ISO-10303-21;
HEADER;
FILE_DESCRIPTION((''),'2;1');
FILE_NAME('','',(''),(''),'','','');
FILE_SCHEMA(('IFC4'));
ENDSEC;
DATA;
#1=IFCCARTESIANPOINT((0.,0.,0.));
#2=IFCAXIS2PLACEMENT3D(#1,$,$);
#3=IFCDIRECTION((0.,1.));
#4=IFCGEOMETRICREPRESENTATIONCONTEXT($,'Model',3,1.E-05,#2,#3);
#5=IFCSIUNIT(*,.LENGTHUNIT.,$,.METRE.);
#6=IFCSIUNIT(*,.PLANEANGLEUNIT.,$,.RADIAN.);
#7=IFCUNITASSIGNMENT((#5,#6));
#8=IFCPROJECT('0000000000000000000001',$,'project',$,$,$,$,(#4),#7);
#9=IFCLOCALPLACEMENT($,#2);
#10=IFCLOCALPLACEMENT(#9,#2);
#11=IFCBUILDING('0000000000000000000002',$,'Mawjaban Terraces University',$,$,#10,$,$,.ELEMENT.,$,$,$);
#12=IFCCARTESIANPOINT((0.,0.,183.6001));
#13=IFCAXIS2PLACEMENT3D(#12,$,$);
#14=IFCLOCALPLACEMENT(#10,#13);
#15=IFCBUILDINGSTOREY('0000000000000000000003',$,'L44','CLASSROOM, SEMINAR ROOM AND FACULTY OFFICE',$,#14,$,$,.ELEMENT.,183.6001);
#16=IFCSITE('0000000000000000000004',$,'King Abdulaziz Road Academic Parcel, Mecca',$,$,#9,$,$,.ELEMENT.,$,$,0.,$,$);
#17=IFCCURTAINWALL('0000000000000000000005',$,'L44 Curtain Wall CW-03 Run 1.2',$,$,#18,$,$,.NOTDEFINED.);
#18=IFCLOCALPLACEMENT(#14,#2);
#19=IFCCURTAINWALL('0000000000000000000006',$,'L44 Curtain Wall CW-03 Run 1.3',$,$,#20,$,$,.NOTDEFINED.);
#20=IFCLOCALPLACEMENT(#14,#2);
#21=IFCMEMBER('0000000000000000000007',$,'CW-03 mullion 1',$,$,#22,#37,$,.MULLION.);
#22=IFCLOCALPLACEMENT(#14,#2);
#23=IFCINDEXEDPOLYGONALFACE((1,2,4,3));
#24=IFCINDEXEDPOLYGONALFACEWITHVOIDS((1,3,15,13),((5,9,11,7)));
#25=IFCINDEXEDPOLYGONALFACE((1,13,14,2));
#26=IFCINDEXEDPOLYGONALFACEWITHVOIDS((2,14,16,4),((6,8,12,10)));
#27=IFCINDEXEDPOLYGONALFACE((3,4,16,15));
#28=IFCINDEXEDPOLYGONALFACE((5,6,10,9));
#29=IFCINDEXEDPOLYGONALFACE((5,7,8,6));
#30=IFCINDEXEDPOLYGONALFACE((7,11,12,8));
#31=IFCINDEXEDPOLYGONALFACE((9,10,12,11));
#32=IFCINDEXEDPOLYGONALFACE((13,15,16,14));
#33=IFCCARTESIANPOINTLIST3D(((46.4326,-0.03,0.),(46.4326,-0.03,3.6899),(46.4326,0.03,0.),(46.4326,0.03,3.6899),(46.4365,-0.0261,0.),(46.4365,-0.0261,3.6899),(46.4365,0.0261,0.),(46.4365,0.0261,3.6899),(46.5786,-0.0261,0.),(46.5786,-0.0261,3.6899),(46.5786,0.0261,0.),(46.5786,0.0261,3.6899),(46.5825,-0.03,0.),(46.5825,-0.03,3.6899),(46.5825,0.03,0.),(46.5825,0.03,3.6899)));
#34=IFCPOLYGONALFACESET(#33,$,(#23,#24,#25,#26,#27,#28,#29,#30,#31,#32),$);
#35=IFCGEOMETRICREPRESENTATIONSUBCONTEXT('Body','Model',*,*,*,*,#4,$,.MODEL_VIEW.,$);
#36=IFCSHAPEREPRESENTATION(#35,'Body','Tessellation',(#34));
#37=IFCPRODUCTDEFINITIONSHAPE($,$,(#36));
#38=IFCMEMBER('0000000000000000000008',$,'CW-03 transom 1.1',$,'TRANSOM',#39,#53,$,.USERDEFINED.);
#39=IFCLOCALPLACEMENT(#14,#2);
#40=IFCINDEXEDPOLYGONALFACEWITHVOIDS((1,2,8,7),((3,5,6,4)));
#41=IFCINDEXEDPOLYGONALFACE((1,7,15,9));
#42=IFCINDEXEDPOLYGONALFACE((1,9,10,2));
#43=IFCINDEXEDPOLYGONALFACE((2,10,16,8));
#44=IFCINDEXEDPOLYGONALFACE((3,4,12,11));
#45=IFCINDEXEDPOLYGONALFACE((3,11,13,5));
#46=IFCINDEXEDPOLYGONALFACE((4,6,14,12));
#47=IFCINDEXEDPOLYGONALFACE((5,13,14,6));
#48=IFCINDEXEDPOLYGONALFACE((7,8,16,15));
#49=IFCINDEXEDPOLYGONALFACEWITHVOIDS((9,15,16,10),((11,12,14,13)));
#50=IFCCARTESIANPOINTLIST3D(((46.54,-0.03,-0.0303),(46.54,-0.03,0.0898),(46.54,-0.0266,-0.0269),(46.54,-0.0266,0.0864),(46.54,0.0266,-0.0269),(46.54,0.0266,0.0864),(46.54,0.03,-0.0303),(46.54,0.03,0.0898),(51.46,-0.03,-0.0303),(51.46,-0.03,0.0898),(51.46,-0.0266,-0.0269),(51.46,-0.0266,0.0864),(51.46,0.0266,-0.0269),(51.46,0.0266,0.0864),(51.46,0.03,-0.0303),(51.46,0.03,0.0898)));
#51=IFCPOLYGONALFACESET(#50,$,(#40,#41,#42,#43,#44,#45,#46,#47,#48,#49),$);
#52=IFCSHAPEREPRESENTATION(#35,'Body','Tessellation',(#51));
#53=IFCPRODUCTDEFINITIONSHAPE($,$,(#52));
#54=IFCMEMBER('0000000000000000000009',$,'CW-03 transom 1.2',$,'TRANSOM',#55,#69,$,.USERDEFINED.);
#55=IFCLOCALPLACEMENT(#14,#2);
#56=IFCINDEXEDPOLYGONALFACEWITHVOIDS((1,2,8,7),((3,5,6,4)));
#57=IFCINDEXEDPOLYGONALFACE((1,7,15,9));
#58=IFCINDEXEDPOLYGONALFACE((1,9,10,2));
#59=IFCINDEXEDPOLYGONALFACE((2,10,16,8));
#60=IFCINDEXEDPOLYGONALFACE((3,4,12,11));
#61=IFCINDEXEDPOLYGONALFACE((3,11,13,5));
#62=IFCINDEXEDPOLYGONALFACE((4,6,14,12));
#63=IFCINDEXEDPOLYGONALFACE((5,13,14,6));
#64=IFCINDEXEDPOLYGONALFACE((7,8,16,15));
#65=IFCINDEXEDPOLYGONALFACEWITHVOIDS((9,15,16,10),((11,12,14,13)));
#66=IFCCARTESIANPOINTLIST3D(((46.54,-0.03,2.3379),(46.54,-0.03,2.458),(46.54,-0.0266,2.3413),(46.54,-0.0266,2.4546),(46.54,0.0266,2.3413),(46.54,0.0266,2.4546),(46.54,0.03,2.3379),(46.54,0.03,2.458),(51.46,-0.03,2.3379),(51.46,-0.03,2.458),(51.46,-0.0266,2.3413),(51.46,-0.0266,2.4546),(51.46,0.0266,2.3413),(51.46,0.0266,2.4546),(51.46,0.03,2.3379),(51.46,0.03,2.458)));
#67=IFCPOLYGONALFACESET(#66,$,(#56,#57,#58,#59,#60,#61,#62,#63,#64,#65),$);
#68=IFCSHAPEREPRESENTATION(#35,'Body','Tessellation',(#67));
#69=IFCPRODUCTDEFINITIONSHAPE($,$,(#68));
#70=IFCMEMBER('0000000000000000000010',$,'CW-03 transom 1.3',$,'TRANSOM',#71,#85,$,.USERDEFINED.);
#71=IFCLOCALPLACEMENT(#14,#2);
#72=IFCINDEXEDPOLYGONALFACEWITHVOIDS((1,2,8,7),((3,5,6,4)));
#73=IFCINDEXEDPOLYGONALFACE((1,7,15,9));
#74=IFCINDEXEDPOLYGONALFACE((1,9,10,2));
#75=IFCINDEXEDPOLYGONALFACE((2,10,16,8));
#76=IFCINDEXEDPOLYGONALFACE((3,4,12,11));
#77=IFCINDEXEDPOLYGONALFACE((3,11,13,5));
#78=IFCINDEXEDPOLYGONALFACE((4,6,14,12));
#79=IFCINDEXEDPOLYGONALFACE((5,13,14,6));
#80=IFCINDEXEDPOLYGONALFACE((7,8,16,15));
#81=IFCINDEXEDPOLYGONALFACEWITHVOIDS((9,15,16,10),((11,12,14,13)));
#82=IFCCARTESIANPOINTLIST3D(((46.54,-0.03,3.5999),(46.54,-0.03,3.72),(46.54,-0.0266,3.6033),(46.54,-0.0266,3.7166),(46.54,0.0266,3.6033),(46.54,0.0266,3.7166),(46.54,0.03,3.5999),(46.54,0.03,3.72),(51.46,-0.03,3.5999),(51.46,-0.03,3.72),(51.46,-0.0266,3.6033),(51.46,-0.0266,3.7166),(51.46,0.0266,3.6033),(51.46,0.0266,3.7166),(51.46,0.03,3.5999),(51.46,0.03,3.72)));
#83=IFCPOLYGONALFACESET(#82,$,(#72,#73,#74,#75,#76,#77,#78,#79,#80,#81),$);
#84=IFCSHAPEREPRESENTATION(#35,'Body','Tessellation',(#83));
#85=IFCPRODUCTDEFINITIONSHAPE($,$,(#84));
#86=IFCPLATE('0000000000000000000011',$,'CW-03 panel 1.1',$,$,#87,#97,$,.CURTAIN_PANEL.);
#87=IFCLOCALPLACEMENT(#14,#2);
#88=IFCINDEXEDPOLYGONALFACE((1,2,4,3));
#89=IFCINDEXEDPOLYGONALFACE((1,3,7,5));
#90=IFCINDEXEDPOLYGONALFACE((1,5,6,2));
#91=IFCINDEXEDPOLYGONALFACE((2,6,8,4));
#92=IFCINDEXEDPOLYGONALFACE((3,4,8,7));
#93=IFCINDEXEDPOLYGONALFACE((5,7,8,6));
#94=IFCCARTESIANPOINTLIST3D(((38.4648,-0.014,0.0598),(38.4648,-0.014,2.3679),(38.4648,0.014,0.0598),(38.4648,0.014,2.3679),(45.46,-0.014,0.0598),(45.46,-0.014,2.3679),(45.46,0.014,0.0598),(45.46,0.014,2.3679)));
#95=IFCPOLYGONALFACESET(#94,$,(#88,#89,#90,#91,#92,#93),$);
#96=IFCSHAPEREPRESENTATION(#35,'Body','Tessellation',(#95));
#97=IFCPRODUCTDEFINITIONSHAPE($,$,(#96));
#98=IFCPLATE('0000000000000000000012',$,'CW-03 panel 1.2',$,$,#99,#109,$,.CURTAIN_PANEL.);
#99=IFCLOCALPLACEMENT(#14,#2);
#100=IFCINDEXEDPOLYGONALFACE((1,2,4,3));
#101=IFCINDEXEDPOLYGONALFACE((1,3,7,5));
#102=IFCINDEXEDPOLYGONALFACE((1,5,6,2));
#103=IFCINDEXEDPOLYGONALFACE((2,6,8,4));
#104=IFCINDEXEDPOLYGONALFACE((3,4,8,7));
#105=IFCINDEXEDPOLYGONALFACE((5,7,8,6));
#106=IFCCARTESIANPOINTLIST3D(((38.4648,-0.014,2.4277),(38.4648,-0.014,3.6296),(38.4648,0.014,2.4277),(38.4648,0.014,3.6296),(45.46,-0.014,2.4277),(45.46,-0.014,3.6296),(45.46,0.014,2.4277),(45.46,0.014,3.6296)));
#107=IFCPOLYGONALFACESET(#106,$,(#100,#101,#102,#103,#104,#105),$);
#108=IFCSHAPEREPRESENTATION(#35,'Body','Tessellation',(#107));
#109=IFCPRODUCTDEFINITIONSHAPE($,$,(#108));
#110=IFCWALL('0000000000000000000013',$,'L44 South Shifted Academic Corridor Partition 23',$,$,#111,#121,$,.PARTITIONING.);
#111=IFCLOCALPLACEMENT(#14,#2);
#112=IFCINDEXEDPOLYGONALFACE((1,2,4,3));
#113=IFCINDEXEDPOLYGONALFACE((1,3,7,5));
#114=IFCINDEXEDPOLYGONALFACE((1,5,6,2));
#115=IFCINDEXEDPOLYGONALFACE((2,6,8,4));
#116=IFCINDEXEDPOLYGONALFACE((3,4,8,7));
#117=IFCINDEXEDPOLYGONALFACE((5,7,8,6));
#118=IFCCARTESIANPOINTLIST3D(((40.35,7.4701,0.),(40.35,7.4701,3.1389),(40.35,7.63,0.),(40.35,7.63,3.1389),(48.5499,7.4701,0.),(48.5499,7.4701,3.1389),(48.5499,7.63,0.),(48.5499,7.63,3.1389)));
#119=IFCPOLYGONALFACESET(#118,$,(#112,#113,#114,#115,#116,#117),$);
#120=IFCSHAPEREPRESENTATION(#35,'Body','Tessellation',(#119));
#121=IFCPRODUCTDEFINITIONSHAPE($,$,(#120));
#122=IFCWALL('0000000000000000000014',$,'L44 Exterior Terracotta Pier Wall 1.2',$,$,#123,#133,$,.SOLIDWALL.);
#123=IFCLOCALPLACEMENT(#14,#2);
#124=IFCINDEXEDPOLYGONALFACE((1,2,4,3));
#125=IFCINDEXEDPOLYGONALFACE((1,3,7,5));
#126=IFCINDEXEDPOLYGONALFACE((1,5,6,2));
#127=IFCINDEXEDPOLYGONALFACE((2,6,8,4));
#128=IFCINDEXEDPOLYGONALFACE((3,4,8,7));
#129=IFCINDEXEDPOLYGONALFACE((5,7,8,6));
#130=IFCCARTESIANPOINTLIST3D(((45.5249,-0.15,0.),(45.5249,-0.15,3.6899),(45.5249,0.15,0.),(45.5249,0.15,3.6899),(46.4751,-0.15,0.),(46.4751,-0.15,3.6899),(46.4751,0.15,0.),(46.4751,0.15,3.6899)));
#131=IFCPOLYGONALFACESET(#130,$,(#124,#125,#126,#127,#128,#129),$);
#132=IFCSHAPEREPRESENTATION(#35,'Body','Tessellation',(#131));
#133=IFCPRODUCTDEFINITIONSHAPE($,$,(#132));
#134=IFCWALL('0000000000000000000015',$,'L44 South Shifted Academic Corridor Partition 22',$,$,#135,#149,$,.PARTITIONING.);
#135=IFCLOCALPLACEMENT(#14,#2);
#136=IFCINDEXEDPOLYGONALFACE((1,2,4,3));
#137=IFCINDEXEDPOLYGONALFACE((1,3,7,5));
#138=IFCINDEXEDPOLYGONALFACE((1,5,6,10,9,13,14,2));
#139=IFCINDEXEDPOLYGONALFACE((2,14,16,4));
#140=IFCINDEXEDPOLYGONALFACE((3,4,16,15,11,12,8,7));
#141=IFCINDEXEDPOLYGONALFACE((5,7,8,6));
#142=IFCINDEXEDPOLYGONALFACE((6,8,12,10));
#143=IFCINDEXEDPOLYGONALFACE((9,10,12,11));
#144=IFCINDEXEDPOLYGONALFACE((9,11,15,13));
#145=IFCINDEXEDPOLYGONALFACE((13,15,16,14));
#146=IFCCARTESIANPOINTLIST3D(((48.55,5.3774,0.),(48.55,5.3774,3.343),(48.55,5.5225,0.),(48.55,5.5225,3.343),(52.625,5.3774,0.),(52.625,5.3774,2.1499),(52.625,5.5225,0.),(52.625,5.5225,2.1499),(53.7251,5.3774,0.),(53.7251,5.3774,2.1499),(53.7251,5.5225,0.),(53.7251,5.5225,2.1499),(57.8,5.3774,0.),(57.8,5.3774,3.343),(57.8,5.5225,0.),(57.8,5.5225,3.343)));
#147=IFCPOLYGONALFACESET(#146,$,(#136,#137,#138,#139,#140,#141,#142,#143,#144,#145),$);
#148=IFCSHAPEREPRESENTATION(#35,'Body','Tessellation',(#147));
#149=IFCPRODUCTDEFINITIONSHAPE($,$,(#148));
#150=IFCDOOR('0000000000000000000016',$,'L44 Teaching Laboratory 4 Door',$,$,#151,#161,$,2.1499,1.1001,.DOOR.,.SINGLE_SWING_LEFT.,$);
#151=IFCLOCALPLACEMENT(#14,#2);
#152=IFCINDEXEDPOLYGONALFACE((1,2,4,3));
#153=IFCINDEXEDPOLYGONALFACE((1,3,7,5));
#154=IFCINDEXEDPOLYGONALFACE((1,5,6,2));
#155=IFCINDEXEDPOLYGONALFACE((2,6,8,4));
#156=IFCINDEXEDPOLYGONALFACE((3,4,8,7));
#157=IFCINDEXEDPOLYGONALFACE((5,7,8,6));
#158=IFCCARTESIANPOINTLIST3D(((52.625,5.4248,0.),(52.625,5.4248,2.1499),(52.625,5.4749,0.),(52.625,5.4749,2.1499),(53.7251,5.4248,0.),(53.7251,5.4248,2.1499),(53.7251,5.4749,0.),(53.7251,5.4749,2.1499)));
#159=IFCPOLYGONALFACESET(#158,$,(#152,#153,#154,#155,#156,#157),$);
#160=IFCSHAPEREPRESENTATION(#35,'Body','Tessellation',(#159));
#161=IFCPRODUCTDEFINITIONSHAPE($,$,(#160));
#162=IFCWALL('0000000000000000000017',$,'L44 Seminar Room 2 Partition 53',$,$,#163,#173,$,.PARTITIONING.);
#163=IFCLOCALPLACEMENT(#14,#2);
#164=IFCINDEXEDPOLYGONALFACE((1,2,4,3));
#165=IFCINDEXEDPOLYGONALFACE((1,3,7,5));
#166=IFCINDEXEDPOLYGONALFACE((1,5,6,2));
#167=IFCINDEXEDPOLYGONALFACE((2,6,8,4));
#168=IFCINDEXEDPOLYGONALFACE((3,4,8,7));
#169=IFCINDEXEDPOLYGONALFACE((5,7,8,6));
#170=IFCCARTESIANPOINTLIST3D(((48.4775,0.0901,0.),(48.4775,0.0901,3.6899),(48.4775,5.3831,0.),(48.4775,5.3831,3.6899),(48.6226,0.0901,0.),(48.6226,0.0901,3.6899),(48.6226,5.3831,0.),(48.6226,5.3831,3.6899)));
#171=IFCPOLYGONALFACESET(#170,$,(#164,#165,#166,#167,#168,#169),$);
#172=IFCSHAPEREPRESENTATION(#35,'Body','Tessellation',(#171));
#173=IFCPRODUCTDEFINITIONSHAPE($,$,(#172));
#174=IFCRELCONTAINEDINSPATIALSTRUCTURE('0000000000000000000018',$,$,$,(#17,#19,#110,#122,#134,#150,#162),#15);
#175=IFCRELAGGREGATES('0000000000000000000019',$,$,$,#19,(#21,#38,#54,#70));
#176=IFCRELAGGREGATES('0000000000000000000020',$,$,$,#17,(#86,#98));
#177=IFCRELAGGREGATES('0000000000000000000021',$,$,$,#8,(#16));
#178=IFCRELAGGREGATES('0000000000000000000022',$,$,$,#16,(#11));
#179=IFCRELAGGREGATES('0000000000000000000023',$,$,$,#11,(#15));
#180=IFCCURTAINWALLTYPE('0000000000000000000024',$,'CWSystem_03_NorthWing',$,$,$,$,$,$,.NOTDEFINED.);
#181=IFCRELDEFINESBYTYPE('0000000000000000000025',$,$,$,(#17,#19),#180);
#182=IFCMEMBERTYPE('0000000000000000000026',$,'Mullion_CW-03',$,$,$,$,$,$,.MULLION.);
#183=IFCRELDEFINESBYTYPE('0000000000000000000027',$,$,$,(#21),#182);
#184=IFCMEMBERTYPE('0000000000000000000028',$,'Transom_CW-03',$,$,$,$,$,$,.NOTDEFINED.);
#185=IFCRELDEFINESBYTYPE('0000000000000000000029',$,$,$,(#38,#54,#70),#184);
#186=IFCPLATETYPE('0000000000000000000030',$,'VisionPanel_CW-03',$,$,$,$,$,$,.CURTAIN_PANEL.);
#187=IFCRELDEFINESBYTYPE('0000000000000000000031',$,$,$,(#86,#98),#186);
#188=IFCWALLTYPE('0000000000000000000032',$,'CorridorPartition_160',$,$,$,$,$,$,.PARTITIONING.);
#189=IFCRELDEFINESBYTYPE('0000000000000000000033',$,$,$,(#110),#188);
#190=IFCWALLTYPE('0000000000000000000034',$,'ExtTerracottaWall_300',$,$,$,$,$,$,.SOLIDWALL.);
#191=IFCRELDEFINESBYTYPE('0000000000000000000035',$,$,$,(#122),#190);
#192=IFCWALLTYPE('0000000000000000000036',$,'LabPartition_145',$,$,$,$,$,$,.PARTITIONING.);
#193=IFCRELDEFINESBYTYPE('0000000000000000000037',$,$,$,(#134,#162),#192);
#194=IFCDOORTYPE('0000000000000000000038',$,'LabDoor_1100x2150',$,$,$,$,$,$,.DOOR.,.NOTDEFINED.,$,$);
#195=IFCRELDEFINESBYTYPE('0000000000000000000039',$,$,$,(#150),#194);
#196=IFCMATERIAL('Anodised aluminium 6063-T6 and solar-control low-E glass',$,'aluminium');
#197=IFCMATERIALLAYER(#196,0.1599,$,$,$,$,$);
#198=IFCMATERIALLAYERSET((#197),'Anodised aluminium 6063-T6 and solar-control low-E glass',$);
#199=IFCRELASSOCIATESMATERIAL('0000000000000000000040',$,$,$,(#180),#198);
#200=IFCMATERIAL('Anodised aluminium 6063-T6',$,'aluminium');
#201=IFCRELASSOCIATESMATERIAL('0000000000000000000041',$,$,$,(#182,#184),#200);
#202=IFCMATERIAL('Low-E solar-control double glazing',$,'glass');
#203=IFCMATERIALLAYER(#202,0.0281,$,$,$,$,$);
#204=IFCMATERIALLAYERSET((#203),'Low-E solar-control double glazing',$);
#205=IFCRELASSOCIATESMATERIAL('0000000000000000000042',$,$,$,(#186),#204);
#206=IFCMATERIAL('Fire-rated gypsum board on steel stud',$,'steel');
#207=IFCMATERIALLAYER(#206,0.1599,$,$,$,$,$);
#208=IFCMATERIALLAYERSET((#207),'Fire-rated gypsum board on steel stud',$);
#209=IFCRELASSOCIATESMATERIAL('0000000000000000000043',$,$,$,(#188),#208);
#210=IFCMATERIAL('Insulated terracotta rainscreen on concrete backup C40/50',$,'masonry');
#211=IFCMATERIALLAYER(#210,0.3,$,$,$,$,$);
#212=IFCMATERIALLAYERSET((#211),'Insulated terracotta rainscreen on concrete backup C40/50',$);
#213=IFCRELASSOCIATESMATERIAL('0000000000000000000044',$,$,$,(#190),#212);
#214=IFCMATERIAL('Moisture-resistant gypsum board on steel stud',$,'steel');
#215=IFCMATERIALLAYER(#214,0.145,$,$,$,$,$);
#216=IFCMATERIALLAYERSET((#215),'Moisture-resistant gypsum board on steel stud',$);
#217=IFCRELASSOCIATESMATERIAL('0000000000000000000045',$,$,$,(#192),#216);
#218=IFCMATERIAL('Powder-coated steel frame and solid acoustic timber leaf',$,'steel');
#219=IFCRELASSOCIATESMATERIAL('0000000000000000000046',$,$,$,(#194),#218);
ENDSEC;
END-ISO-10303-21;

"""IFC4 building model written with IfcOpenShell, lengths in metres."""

from ifc_helpers import new_model, si_unit, direction, frame, frame_2d, origin, origin_2d, place, context, subcontext, project, spatial, rectangle, hollow_rectangle, extrude, material, layer, layer_set, material_profile, profile_set, type_object, element, fill, aggregate, save


model = new_model("IFC4")

# Units and contexts
model_context = context("Model", 3, precision=1e-05, world=origin(), true_north=direction((0.0, 1.0)))
body_context = subcontext(model_context, "Body", "Model", "MODEL_VIEW")
ifc_project = project(units=[si_unit("LENGTHUNIT", "METRE"), si_unit("PLANEANGLEUNIT", "RADIAN")], contexts=[model_context])

# Site, building, storey
site_placement = place(None, origin())
site = spatial("IfcSite", under=ifc_project, at=site_placement, Name="King Abdulaziz Road Academic Parcel, Mecca", CompositionType="ELEMENT", RefElevation=0.0)
building_placement = place(site_placement, origin())
building = spatial("IfcBuilding", under=site, at=building_placement, Name="Mawjaban Terraces University", CompositionType="ELEMENT")
storey_placement = place(building_placement, frame((0.0, 0.0, 183.6001)))
storey = spatial("IfcBuildingStorey", under=building, at=storey_placement, Name="L44", Description="CLASSROOM, SEMINAR ROOM AND FACULTY OFFICE", CompositionType="ELEMENT", Elevation=183.6001)

# Curtain wall
ifc_material_1 = material(Name="Anodised aluminium 6063-T6 and solar-control low-E glass", Category="aluminium")
ifc_layer_1 = layer(ifc_material_1, 0.1599)
ifc_layer_set_1 = layer_set([ifc_layer_1], Name="Anodised aluminium 6063-T6 and solar-control low-E glass")
curtain_wall_type = type_object("IfcCurtainWallType", Name="CWSystem_03_NorthWing", PredefinedType="NOTDEFINED", material=ifc_layer_set_1)
curtain_wall_1_placement = place(storey_placement, origin())
curtain_wall_1 = element("IfcCurtainWall", 1, at=curtain_wall_1_placement, inside=storey, type_object=curtain_wall_type, Name="L44 Curtain Wall CW-03 Run 1.2", PredefinedType="NOTDEFINED")
ifc_material_2 = material(Name="Anodised aluminium 6063-T6", Category="aluminium")
ifc_material_profile_1 = material_profile(ifc_material_2, hollow_rectangle(XDim=0.0601, YDim=0.1499, WallThickness=0.0039, at=origin_2d()), Name="ALU150X60X4")
ifc_profile_set_1 = profile_set([ifc_material_profile_1], Name="Anodised aluminium 6063-T6")
member_type_1 = type_object("IfcMemberType", Name="Mullion_CW-03", PredefinedType="MULLION", material=ifc_profile_set_1)

# Curtain wall, members
curtain_wall_2_placement = place(storey_placement, origin())
curtain_wall_2 = element("IfcCurtainWall", 2, at=curtain_wall_2_placement, inside=storey, type_object=curtain_wall_type, Name="L44 Curtain Wall CW-03 Run 1.3", PredefinedType="NOTDEFINED")
member_1_placement = place(storey_placement, frame((46.5076, 0.0, 0.0), z_axis=(0.0, 0.0, 1.0), x_axis=(0.0, 1.0, 0.0)))
member_1 = element("IfcMember", 3, at=member_1_placement, type_object=member_type_1, Name="CW-03 mullion 1", PredefinedType="MULLION", context=body_context, shape_type="SweptSolid", body=[
    extrude(hollow_rectangle(XDim=0.0601, YDim=0.1499, WallThickness=0.0039, at=origin_2d()), origin(), (0.0, 0.0, 1.0), 3.6899),
])
ifc_material_profile_2 = material_profile(ifc_material_2, hollow_rectangle(XDim=0.0601, YDim=0.1201, WallThickness=0.0034, at=origin_2d()), Name="ALU120X60X3.5")
ifc_profile_set_2 = profile_set([ifc_material_profile_2], Name="Anodised aluminium 6063-T6")
member_type_2 = type_object("IfcMemberType", Name="Transom_CW-03", PredefinedType="NOTDEFINED", material=ifc_profile_set_2)
member_2_placement = place(storey_placement, frame((46.54, 0.0, 0.0298), z_axis=(1.0, 0.0, 0.0), x_axis=(0.0, 1.0, 0.0)))
member_2 = element("IfcMember", 4, at=member_2_placement, type_object=member_type_2, Name="CW-03 transom 1.1", ObjectType="TRANSOM", PredefinedType="USERDEFINED", context=body_context, shape_type="SweptSolid", body=[
    extrude(hollow_rectangle(XDim=0.0601, YDim=0.1201, WallThickness=0.0034, at=origin_2d()), origin(), (0.0, 0.0, 1.0), 4.9199),
])
member_3_placement = place(storey_placement, frame((46.54, 0.0, 2.3979), z_axis=(1.0, 0.0, 0.0), x_axis=(0.0, 1.0, 0.0)))
member_3 = element("IfcMember", 5, at=member_3_placement, type_object=member_type_2, Name="CW-03 transom 1.2", ObjectType="TRANSOM", PredefinedType="USERDEFINED", context=body_context, shape_type="SweptSolid", body=[
    extrude(hollow_rectangle(XDim=0.0601, YDim=0.1201, WallThickness=0.0034, at=origin_2d()), origin(), (0.0, 0.0, 1.0), 4.9199),
])
member_4_placement = place(storey_placement, frame((46.54, 0.0, 3.6599), z_axis=(1.0, 0.0, 0.0), x_axis=(0.0, 1.0, 0.0)))
member_4 = element("IfcMember", 6, at=member_4_placement, type_object=member_type_2, Name="CW-03 transom 1.3", ObjectType="TRANSOM", PredefinedType="USERDEFINED", context=body_context, shape_type="SweptSolid", body=[
    extrude(hollow_rectangle(XDim=0.0601, YDim=0.1201, WallThickness=0.0034, at=origin_2d()), origin(), (0.0, 0.0, 1.0), 4.9199),
])
aggregate(curtain_wall_2, [member_1, member_2, member_3, member_4])

# Plates
ifc_material_3 = material(Name="Low-E solar-control double glazing", Category="glass")
ifc_layer_2 = layer(ifc_material_3, 0.0281)
ifc_layer_set_2 = layer_set([ifc_layer_2], Name="Low-E solar-control double glazing")
plate_type = type_object("IfcPlateType", Name="VisionPanel_CW-03", PredefinedType="CURTAIN_PANEL", material=ifc_layer_set_2)
plate_1_placement = place(storey_placement, frame((41.9624, 0.0, 0.0598), z_axis=(0.0, 0.0, 1.0), x_axis=(1.0, 0.0, 0.0)))
plate_1 = element("IfcPlate", 7, at=plate_1_placement, type_object=plate_type, Name="CW-03 panel 1.1", PredefinedType="CURTAIN_PANEL", context=body_context, shape_type="SweptSolid", body=[
    extrude(rectangle(XDim=6.9951, YDim=0.0281, at=origin_2d()), origin(), (0.0, 0.0, 1.0), 2.3081),
])
plate_2_placement = place(storey_placement, frame((41.9624, 0.0, 2.4277), z_axis=(0.0, 0.0, 1.0), x_axis=(1.0, 0.0, 0.0)))
plate_2 = element("IfcPlate", 8, at=plate_2_placement, type_object=plate_type, Name="CW-03 panel 1.2", PredefinedType="CURTAIN_PANEL", context=body_context, shape_type="SweptSolid", body=[
    extrude(rectangle(XDim=6.9951, YDim=0.0281, at=origin_2d()), origin(), (0.0, 0.0, 1.0), 1.2019),
])
aggregate(curtain_wall_1, [plate_1, plate_2])

# Walls
ifc_material_4 = material(Name="Fire-rated gypsum board on steel stud", Category="steel")
ifc_layer_3 = layer(ifc_material_4, 0.1599)
ifc_layer_set_3 = layer_set([ifc_layer_3], Name="Fire-rated gypsum board on steel stud")
wall_type_1 = type_object("IfcWallType", Name="CorridorPartition_160", PredefinedType="PARTITIONING", material=ifc_layer_set_3)
wall_1_placement = place(storey_placement, frame((48.55, 7.55, 0.0), z_axis=(0.0, 0.0, 1.0), x_axis=(-1.0, 0.0, 0.0)))
element("IfcWall", 9, at=wall_1_placement, inside=storey, type_object=wall_type_1, Name="L44 South Shifted Academic Corridor Partition 23", PredefinedType="PARTITIONING", context=body_context, shape_type="SweptSolid", body=[
    extrude(rectangle(XDim=8.2, YDim=0.1599, at=frame_2d((4.1001, 0.0))), origin(), (0.0, 0.0, 1.0), 3.1389),
])
ifc_material_5 = material(Name="Insulated terracotta rainscreen on concrete backup C40/50", Category="masonry")
ifc_layer_4 = layer(ifc_material_5, 0.3)
ifc_layer_set_4 = layer_set([ifc_layer_4], Name="Insulated terracotta rainscreen on concrete backup C40/50")
wall_type_2 = type_object("IfcWallType", Name="ExtTerracottaWall_300", PredefinedType="SOLIDWALL", material=ifc_layer_set_4)
wall_2_placement = place(storey_placement, frame((45.5249, 0.0, 0.0), z_axis=(0.0, 0.0, 1.0), x_axis=(1.0, 0.0, 0.0)))
element("IfcWall", 10, at=wall_2_placement, inside=storey, type_object=wall_type_2, Name="L44 Exterior Terracotta Pier Wall 1.2", PredefinedType="SOLIDWALL", context=body_context, shape_type="SweptSolid", body=[
    extrude(rectangle(XDim=0.9502, YDim=0.3, at=frame_2d((0.4751, 0.0))), origin(), (0.0, 0.0, 1.0), 3.6899),
])

# Wall, opening, door
ifc_material_6 = material(Name="Moisture-resistant gypsum board on steel stud", Category="steel")
ifc_layer_5 = layer(ifc_material_6, 0.145)
ifc_layer_set_5 = layer_set([ifc_layer_5], Name="Moisture-resistant gypsum board on steel stud")
wall_type_3 = type_object("IfcWallType", Name="LabPartition_145", PredefinedType="PARTITIONING", material=ifc_layer_set_5)
wall_3_placement = place(storey_placement, frame((48.55, 5.45, 0.0), z_axis=(0.0, 0.0, 1.0), x_axis=(1.0, 0.0, 0.0)))
wall_3 = element("IfcWall", 11, at=wall_3_placement, inside=storey, type_object=wall_type_3, Name="L44 South Shifted Academic Corridor Partition 22", PredefinedType="PARTITIONING", context=body_context, shape_type="SweptSolid", body=[
    extrude(rectangle(XDim=9.25, YDim=0.145, at=frame_2d((4.625, 0.0))), origin(), (0.0, 0.0, 1.0), 3.343),
])
opening_placement = place(wall_3_placement, frame((4.075, 0.0, 0.0)))
opening = element("IfcOpeningElement", 12, at=opening_placement, cuts=wall_3, PredefinedType="OPENING", context=body_context, shape_type="SweptSolid", body=[
    extrude(rectangle(XDim=1.1001, YDim=2.1499, at=frame_2d((0.55, 1.075))), frame((0.0, 0.0825, 0.0), z_axis=(0.0, -1.0, 0.0), x_axis=(1.0, 0.0, 0.0)), (0.0, 0.0, 1.0), 0.165),
])
ifc_material_7 = material(Name="Powder-coated steel frame and solid acoustic timber leaf", Category="steel")
door_type = type_object("IfcDoorType", Name="LabDoor_1100x2150", OperationType="NOTDEFINED", PredefinedType="DOOR", material=ifc_material_7)
door_placement = place(opening_placement, origin())
door = element("IfcDoor", 13, at=door_placement, inside=storey, type_object=door_type, Name="L44 Teaching Laboratory 4 Door", OperationType="SINGLE_SWING_LEFT", OverallHeight=2.1499, OverallWidth=1.1001, PredefinedType="DOOR", context=body_context, shape_type="SweptSolid", body=[
    extrude(rectangle(XDim=1.1001, YDim=2.1499, at=frame_2d((0.55, 1.075))), frame((0.0, 0.0249, 0.0), z_axis=(0.0, -1.0, 0.0), x_axis=(1.0, 0.0, 0.0)), (0.0, 0.0, 1.0), 0.05),
])
fill(opening, door)

# Wall
wall_4_placement = place(storey_placement, frame((48.55, 0.0901, 0.0), z_axis=(0.0, 0.0, 1.0), x_axis=(0.0, 1.0, 0.0)))
element("IfcWall", 14, at=wall_4_placement, inside=storey, type_object=wall_type_3, Name="L44 Seminar Room 2 Partition 53", PredefinedType="PARTITIONING", context=body_context, shape_type="SweptSolid", body=[
    extrude(rectangle(XDim=5.293, YDim=0.145, at=frame_2d((2.6465, 0.0))), origin(), (0.0, 0.0, 1.0), 3.6899),
])

save(model, "model.ifc")
